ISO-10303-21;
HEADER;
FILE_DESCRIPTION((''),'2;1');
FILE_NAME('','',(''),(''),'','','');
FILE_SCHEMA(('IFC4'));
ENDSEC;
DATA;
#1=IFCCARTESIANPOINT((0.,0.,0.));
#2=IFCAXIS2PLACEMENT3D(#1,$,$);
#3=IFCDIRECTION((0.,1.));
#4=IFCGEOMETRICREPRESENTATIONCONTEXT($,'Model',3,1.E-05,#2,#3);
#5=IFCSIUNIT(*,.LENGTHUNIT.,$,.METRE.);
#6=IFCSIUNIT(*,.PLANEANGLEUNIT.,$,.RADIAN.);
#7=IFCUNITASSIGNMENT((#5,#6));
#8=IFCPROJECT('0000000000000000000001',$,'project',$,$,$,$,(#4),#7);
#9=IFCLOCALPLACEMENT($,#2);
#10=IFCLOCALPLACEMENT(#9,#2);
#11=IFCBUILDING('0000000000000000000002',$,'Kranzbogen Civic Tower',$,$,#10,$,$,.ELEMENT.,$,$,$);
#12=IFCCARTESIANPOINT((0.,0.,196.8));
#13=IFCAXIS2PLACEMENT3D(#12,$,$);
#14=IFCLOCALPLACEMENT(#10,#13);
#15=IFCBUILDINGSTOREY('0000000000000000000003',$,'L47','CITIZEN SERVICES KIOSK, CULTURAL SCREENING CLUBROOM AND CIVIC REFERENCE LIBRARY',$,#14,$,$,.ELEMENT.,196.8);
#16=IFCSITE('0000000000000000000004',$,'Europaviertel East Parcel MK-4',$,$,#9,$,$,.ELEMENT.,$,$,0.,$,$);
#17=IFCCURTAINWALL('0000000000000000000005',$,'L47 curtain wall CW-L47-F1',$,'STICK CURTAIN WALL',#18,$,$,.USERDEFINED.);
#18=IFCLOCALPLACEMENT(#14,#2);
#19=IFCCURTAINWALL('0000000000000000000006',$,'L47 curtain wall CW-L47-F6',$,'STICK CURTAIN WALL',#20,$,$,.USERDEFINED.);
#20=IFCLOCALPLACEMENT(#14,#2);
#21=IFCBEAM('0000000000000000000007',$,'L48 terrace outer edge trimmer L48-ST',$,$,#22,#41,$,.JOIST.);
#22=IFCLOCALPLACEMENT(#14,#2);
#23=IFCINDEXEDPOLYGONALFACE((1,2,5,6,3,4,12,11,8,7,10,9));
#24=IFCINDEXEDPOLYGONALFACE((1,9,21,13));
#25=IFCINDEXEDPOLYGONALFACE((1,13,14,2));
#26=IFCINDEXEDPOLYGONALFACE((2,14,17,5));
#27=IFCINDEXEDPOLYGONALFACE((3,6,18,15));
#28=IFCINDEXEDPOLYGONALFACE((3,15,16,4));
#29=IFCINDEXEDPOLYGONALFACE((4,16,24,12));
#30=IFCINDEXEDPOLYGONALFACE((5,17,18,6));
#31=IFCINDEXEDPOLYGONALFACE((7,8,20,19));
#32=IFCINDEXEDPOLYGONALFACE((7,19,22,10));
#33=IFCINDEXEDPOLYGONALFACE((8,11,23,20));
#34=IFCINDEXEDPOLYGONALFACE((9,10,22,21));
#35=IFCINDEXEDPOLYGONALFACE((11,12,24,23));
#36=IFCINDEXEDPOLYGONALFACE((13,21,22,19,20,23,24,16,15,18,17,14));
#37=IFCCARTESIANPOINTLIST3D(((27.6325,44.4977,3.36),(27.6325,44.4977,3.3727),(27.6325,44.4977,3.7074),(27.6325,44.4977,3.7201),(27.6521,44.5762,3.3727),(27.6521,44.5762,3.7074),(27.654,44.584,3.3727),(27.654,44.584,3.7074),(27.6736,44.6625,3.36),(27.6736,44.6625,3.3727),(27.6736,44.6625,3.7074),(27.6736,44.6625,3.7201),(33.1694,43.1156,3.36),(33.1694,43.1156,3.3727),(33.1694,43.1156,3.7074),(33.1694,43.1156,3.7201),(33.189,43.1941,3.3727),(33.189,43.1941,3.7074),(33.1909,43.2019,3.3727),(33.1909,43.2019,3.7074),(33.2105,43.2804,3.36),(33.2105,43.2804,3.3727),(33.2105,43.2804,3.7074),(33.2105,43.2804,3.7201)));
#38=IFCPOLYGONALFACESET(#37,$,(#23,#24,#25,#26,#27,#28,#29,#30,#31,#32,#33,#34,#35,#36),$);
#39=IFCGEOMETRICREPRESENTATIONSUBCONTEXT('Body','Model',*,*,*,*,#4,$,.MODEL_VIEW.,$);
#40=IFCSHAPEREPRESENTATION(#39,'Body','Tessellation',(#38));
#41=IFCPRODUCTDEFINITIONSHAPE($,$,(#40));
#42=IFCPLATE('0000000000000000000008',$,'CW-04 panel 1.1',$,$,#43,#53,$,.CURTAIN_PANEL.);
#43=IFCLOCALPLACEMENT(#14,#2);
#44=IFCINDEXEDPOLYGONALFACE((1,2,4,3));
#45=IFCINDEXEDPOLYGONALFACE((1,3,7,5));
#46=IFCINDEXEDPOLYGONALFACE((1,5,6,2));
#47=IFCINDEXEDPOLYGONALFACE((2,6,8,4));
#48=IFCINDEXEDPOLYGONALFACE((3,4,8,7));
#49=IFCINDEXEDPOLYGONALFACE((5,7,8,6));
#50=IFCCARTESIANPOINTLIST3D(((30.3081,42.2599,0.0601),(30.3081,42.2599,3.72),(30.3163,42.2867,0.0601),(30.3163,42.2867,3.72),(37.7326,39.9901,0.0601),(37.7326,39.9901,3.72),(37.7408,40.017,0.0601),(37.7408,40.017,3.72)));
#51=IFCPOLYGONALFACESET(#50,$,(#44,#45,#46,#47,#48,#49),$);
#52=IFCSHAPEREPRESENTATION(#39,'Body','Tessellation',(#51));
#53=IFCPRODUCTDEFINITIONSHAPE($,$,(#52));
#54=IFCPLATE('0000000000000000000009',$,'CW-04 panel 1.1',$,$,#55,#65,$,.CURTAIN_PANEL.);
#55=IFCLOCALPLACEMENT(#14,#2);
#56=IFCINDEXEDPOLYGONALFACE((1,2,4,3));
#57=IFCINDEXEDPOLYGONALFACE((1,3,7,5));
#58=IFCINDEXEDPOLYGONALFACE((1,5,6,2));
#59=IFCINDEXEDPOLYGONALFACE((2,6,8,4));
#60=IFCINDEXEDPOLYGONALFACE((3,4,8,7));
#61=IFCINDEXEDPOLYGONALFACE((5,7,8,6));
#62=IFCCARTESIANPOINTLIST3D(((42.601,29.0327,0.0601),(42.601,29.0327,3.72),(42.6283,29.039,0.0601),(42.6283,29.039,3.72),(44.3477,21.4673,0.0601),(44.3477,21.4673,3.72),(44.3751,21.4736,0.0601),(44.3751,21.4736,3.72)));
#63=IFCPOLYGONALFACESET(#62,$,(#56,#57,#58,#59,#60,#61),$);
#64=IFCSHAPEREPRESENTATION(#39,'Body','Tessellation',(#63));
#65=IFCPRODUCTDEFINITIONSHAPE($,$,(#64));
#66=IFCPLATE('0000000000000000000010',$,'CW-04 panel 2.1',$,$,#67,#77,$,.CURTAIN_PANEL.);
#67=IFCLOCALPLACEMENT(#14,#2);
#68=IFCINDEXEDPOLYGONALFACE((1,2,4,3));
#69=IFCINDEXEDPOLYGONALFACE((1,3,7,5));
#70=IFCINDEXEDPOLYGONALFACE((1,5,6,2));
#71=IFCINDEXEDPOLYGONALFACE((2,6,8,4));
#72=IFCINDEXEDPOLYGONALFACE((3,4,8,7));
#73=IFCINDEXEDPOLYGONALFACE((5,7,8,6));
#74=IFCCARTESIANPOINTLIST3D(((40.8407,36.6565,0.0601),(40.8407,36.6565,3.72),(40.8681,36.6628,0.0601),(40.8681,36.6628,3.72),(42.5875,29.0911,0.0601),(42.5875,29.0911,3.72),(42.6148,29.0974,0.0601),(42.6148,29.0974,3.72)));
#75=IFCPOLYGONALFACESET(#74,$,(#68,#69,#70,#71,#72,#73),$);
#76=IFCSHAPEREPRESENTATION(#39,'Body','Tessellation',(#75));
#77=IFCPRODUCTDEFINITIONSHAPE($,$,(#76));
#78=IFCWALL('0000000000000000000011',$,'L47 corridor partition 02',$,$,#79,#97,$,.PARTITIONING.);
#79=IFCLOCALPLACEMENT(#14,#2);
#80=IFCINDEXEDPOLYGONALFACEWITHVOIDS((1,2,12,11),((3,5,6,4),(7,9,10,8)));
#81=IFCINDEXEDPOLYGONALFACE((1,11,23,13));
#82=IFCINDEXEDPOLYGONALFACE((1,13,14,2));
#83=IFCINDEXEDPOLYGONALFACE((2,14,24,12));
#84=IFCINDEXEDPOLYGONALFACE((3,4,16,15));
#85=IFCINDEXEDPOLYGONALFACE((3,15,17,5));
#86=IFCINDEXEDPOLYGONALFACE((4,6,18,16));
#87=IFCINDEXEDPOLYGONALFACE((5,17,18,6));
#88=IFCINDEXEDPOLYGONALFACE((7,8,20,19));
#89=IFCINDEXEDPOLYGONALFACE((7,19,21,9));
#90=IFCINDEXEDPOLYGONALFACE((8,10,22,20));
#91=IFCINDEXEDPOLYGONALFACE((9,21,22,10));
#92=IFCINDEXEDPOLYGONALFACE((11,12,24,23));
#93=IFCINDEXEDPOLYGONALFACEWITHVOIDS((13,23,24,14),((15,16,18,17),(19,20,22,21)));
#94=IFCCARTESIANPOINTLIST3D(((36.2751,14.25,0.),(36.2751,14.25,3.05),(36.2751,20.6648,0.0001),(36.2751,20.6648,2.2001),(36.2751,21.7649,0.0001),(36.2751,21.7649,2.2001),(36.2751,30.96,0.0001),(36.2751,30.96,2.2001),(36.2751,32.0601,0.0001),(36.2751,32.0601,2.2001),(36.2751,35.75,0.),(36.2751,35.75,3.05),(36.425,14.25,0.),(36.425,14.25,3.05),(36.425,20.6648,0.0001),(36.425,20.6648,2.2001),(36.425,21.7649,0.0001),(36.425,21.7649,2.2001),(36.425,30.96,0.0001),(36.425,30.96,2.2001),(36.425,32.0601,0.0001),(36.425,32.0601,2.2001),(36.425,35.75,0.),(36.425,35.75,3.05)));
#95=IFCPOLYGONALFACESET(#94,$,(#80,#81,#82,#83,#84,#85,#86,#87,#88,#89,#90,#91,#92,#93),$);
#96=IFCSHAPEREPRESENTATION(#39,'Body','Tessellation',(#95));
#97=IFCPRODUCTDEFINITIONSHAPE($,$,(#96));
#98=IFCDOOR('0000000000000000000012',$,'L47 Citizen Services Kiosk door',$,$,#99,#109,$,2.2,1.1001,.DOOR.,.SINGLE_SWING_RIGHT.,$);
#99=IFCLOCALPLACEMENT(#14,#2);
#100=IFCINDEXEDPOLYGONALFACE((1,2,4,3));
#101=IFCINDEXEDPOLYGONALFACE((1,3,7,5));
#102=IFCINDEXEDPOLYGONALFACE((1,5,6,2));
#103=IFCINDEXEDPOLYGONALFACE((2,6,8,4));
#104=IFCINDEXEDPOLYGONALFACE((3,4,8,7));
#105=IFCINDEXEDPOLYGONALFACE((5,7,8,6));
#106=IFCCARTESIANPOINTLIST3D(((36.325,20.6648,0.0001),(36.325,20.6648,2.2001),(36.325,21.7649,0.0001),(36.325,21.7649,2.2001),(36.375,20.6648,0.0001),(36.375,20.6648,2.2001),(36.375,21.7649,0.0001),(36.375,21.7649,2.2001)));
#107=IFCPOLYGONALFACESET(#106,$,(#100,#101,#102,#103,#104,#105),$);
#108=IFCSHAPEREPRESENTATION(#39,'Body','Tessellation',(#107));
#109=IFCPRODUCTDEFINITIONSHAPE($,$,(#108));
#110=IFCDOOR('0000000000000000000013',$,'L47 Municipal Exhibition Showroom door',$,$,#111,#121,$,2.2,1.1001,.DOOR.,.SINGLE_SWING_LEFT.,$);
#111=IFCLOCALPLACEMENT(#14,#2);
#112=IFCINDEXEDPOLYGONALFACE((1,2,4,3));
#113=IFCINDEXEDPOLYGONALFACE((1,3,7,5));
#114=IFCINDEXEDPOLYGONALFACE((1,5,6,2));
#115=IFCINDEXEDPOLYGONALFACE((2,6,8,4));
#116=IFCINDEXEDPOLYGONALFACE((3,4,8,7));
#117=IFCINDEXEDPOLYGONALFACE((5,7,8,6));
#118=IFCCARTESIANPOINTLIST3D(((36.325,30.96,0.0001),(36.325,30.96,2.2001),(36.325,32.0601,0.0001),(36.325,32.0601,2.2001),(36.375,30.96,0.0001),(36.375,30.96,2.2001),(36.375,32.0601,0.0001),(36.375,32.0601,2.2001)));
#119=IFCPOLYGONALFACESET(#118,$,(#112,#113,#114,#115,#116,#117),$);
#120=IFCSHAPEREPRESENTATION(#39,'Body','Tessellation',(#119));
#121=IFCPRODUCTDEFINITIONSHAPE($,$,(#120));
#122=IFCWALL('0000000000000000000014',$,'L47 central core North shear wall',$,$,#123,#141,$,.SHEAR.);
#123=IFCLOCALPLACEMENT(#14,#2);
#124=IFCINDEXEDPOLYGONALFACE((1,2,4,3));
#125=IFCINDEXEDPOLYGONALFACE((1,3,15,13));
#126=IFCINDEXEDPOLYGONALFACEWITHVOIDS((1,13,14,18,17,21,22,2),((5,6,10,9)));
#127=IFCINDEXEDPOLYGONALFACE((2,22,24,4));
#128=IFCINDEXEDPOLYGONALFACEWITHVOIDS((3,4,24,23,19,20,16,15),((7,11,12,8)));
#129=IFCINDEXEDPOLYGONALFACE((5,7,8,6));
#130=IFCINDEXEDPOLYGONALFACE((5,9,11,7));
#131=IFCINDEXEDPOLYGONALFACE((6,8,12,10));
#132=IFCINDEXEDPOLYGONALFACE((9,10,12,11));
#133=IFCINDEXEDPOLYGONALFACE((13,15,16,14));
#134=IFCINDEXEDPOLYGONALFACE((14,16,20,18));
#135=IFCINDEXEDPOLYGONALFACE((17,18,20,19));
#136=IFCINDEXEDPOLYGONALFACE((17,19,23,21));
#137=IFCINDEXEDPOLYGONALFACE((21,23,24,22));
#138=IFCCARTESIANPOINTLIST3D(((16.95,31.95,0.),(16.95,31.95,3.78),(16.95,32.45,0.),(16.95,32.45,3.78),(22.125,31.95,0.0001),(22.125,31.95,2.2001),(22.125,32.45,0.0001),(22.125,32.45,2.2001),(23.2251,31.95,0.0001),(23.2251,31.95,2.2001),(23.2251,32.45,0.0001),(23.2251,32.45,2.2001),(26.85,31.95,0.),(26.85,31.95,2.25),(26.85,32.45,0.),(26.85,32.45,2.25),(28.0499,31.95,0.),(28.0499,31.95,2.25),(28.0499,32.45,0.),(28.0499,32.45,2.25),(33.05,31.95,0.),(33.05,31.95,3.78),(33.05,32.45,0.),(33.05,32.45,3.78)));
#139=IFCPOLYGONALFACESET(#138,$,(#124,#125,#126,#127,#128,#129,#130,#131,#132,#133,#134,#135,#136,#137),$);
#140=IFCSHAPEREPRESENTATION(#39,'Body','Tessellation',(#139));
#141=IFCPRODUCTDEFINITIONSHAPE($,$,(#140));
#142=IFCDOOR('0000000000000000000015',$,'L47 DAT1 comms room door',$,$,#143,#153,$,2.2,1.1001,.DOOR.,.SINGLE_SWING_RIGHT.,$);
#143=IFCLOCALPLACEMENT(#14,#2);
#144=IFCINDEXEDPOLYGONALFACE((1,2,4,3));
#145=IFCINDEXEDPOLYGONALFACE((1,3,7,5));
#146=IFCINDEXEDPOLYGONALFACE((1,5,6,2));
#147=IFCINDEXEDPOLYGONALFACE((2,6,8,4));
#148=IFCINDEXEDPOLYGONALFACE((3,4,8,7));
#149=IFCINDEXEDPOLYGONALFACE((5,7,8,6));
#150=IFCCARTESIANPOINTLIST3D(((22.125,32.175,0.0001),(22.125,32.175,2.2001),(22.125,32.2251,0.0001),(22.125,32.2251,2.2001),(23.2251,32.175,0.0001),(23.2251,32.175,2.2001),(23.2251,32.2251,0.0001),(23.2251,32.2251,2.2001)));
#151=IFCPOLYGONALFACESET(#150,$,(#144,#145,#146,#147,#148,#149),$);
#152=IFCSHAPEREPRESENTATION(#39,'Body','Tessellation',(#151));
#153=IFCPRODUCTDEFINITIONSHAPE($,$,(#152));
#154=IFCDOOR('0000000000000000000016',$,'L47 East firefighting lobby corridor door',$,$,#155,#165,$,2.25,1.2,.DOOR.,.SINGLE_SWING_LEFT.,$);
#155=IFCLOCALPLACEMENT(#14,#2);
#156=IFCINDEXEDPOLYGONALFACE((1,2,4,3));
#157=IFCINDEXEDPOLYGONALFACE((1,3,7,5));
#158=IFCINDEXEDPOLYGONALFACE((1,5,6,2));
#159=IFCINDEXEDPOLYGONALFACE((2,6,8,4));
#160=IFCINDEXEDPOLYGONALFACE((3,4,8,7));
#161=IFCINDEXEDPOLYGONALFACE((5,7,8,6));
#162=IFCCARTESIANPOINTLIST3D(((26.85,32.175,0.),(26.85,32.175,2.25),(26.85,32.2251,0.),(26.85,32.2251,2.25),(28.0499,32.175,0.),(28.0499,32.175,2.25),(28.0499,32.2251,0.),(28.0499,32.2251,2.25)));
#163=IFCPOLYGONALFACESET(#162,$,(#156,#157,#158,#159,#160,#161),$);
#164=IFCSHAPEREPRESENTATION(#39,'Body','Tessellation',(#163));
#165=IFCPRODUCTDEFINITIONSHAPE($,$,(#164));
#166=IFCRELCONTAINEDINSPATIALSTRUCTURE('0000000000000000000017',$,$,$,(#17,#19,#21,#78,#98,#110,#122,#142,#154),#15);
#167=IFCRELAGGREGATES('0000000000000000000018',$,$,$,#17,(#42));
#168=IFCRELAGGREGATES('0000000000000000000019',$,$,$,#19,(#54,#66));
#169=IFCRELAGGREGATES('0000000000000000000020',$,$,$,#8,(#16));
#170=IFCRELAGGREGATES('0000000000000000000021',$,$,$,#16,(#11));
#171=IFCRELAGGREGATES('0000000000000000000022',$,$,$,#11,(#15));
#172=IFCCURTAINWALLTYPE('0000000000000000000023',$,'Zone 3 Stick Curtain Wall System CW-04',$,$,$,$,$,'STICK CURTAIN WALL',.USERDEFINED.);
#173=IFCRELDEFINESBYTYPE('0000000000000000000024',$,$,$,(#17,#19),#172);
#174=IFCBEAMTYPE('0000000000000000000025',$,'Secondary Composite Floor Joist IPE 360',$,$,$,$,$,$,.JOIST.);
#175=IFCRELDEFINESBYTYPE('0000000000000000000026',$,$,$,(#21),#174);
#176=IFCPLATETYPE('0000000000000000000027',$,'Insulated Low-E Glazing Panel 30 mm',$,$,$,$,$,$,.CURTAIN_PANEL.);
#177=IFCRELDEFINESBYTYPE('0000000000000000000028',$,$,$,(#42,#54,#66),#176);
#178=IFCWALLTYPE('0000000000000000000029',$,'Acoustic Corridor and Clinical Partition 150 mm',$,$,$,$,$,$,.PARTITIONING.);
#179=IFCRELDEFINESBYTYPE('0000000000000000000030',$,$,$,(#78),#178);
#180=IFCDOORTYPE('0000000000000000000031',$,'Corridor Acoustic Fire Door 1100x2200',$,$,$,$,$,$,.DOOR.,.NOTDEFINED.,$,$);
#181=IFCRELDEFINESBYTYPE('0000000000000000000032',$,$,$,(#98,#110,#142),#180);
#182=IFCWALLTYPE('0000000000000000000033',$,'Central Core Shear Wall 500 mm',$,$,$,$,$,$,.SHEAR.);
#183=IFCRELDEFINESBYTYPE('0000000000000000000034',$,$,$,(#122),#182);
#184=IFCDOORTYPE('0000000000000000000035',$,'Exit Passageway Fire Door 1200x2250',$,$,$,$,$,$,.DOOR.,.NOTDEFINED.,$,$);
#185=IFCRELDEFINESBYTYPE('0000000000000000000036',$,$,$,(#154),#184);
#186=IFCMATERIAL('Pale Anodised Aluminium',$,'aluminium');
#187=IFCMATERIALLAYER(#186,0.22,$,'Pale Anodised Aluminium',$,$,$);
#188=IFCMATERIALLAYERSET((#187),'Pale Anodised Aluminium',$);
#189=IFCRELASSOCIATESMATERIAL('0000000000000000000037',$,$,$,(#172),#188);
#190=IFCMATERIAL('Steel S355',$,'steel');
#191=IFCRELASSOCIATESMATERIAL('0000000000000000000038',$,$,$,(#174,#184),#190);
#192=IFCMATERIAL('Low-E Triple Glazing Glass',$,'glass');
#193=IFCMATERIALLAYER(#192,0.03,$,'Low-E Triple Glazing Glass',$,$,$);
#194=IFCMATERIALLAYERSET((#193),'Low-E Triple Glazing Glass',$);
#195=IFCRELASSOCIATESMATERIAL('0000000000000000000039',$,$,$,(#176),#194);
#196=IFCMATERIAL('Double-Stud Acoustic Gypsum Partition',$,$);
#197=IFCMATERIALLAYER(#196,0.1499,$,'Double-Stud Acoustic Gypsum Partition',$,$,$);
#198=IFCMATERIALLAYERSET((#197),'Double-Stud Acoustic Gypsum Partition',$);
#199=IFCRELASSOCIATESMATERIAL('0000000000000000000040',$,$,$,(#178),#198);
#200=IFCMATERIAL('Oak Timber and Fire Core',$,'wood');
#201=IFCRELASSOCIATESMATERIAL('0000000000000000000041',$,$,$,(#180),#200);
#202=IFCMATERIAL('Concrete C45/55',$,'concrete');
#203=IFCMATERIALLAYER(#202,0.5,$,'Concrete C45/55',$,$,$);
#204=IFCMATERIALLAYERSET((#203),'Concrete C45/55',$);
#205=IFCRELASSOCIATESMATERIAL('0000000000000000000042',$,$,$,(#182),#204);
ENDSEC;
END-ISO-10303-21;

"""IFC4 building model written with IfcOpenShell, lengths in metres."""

from ifc_helpers import new_model, si_unit, direction, frame, frame_2d, origin, origin_2d, place, context, subcontext, project, spatial, rectangle, i_section, extrude, material, layer, layer_set, material_profile, profile_set, type_object, element, fill, aggregate, save


model = new_model("IFC4")

# Units and contexts
model_context = context("Model", 3, precision=1e-05, world=origin(), true_north=direction((0.0, 1.0)))
body_context = subcontext(model_context, "Body", "Model", "MODEL_VIEW")
ifc_project = project(units=[si_unit("LENGTHUNIT", "METRE"), si_unit("PLANEANGLEUNIT", "RADIAN")], contexts=[model_context])

# Site, building, storey
site_placement = place(None, origin())
site = spatial("IfcSite", under=ifc_project, at=site_placement, Name="Europaviertel East Parcel MK-4", CompositionType="ELEMENT", RefElevation=0.0)
building_placement = place(site_placement, origin())
building = spatial("IfcBuilding", under=site, at=building_placement, Name="Kranzbogen Civic Tower", CompositionType="ELEMENT")
storey_placement = place(building_placement, frame((0.0, 0.0, 196.8)))
storey = spatial("IfcBuildingStorey", under=building, at=storey_placement, Name="L47", Description="CITIZEN SERVICES KIOSK, CULTURAL SCREENING CLUBROOM AND CIVIC REFERENCE LIBRARY", CompositionType="ELEMENT", Elevation=196.8)

# Shared definitions
ifc_material_1 = material(Name="Steel S355", Category="steel")

# Curtain wall
ifc_material_2 = material(Name="Pale Anodised Aluminium", Category="aluminium")
ifc_layer_1 = layer(ifc_material_2, 0.22, Name="Pale Anodised Aluminium")
ifc_layer_set_1 = layer_set([ifc_layer_1], Name="Pale Anodised Aluminium")
curtain_wall_type = type_object("IfcCurtainWallType", Name="Zone 3 Stick Curtain Wall System CW-04", ElementType="STICK CURTAIN WALL", PredefinedType="USERDEFINED", material=ifc_layer_set_1)
curtain_wall_1_placement = place(storey_placement, origin())
curtain_wall_1 = element("IfcCurtainWall", 1, at=curtain_wall_1_placement, inside=storey, type_object=curtain_wall_type, Name="L47 curtain wall CW-L47-F1", ObjectType="STICK CURTAIN WALL", PredefinedType="USERDEFINED")

# Curtain wall
curtain_wall_2_placement = place(storey_placement, origin())
curtain_wall_2 = element("IfcCurtainWall", 2, at=curtain_wall_2_placement, inside=storey, type_object=curtain_wall_type, Name="L47 curtain wall CW-L47-F6", ObjectType="STICK CURTAIN WALL", PredefinedType="USERDEFINED")

# Beam
ifc_material_profile_1 = material_profile(ifc_material_1, i_section(OverallWidth=0.1699, OverallDepth=0.3601, WebThickness=0.0081, FlangeThickness=0.0127, at=origin_2d()), Name="IPE 360")
ifc_profile_set_1 = profile_set([ifc_material_profile_1], Name="Steel S355")
beam_type_1 = type_object("IfcBeamType", Name="Secondary Composite Floor Joist IPE 360", PredefinedType="JOIST", material=ifc_profile_set_1)
beam_1_placement = place(storey_placement, frame((33.1899, 43.198, 3.54), z_axis=(-0.970231, 0.242183, 0.0), x_axis=(-0.242183, -0.970231, 0.0)))
element("IfcBeam", 3, at=beam_1_placement, inside=storey, type_object=beam_type_1, Name="L48 terrace outer edge trimmer L48-ST", PredefinedType="JOIST", context=body_context, shape_type="SweptSolid", body=[
    extrude(i_section(OverallWidth=0.1699, OverallDepth=0.3601, WebThickness=0.0081, FlangeThickness=0.0127, at=origin_2d()), origin(), (0.0, 0.0, 1.0), 5.7068),
])

# Plates
ifc_material_3 = material(Name="Low-E Triple Glazing Glass", Category="glass")
ifc_layer_2 = layer(ifc_material_3, 0.03, Name="Low-E Triple Glazing Glass")
ifc_layer_set_2 = layer_set([ifc_layer_2], Name="Low-E Triple Glazing Glass")
plate_type = type_object("IfcPlateType", Name="Insulated Low-E Glazing Panel 30 mm", PredefinedType="CURTAIN_PANEL", material=ifc_layer_set_2)
plate_1_placement = place(storey_placement, frame((34.0244, 41.1384, 0.0601), z_axis=(0.0, 0.0, 1.0), x_axis=(-0.956312, 0.29235, 0.0)))
plate_1 = element("IfcPlate", 4, at=plate_1_placement, type_object=plate_type, Name="CW-04 panel 1.1", PredefinedType="CURTAIN_PANEL", context=body_context, shape_type="SweptSolid", body=[
    extrude(rectangle(XDim=7.7637, YDim=0.0281, at=origin_2d()), origin(), (0.0, 0.0, 1.0), 3.6599),
])
aggregate(curtain_wall_1, [plate_1])
plate_2_placement = place(storey_placement, frame((43.488, 25.2532, 0.0601), z_axis=(0.0, 0.0, 1.0), x_axis=(-0.224971, 0.974365, 0.0)))
plate_2 = element("IfcPlate", 5, at=plate_2_placement, type_object=plate_type, Name="CW-04 panel 1.1", PredefinedType="CURTAIN_PANEL", context=body_context, shape_type="SweptSolid", body=[
    extrude(rectangle(XDim=7.7644, YDim=0.0281, at=origin_2d()), origin(), (0.0, 0.0, 1.0), 3.6599),
])
plate_3_placement = place(storey_placement, frame((41.7278, 32.877, 0.0601), z_axis=(0.0, 0.0, 1.0), x_axis=(-0.224971, 0.974365, 0.0)))
plate_3 = element("IfcPlate", 6, at=plate_3_placement, type_object=plate_type, Name="CW-04 panel 2.1", PredefinedType="CURTAIN_PANEL", context=body_context, shape_type="SweptSolid", body=[
    extrude(rectangle(XDim=7.7644, YDim=0.0281, at=origin_2d()), origin(), (0.0, 0.0, 1.0), 3.6599),
])
aggregate(curtain_wall_2, [plate_2, plate_3])

# Walls, openings, doors
ifc_material_4 = material(Name="Double-Stud Acoustic Gypsum Partition")
ifc_layer_3 = layer(ifc_material_4, 0.1499, Name="Double-Stud Acoustic Gypsum Partition")
ifc_layer_set_3 = layer_set([ifc_layer_3], Name="Double-Stud Acoustic Gypsum Partition")
wall_type_1 = type_object("IfcWallType", Name="Acoustic Corridor and Clinical Partition 150 mm", PredefinedType="PARTITIONING", material=ifc_layer_set_3)
wall_1_placement = place(storey_placement, frame((36.3501, 35.75, 0.0), z_axis=(0.0, 0.0, 1.0), x_axis=(0.0, -1.0, 0.0)))
wall_1 = element("IfcWall", 7, at=wall_1_placement, inside=storey, type_object=wall_type_1, Name="L47 corridor partition 02", PredefinedType="PARTITIONING", context=body_context, shape_type="SweptSolid", body=[
    extrude(rectangle(XDim=21.5, YDim=0.1499, at=frame_2d((10.75, 0.0))), origin(), (0.0, 0.0, 1.0), 3.05),
])
opening_1_placement = place(wall_1_placement, frame((13.9851, 0.0, 0.0)))
opening_1 = element("IfcOpeningElement", 8, at=opening_1_placement, cuts=wall_1, PredefinedType="OPENING", context=body_context, shape_type="SweptSolid", body=[
    extrude(rectangle(XDim=1.1001, YDim=2.2, at=frame_2d((0.55, 1.1001))), frame((0.0, 0.085, 0.0), z_axis=(0.0, -1.0, 0.0), x_axis=(1.0, 0.0, 0.0)), (0.0, 0.0, 1.0), 0.1699),
])
opening_2_placement = place(wall_1_placement, frame((3.6899, 0.0, 0.0)))
opening_2 = element("IfcOpeningElement", 9, at=opening_2_placement, cuts=wall_1, PredefinedType="OPENING", context=body_context, shape_type="SweptSolid", body=[
    extrude(rectangle(XDim=1.1001, YDim=2.2, at=frame_2d((0.55, 1.1001))), frame((0.0, 0.085, 0.0), z_axis=(0.0, -1.0, 0.0), x_axis=(1.0, 0.0, 0.0)), (0.0, 0.0, 1.0), 0.1699),
])
ifc_material_5 = material(Name="Oak Timber and Fire Core", Category="wood")
door_type_1 = type_object("IfcDoorType", Name="Corridor Acoustic Fire Door 1100x2200", OperationType="NOTDEFINED", PredefinedType="DOOR", material=ifc_material_5)
door_1_placement = place(opening_1_placement, origin())
door_1 = element("IfcDoor", 10, at=door_1_placement, inside=storey, type_object=door_type_1, Name="L47 Citizen Services Kiosk door", OperationType="SINGLE_SWING_RIGHT", OverallHeight=2.2, OverallWidth=1.1001, PredefinedType="DOOR", context=body_context, shape_type="SweptSolid", body=[
    extrude(rectangle(XDim=1.1001, YDim=2.2, at=frame_2d((0.55, 1.1001))), frame((0.0, 0.0249, 0.0), z_axis=(0.0, -1.0, 0.0), x_axis=(1.0, 0.0, 0.0)), (0.0, 0.0, 1.0), 0.05),
])
fill(opening_1, door_1)
door_2_placement = place(opening_2_placement, origin())
door_2 = element("IfcDoor", 11, at=door_2_placement, inside=storey, type_object=door_type_1, Name="L47 Municipal Exhibition Showroom door", OperationType="SINGLE_SWING_LEFT", OverallHeight=2.2, OverallWidth=1.1001, PredefinedType="DOOR", context=body_context, shape_type="SweptSolid", body=[
    extrude(rectangle(XDim=1.1001, YDim=2.2, at=frame_2d((0.55, 1.1001))), frame((0.0, 0.0249, 0.0), z_axis=(0.0, -1.0, 0.0), x_axis=(1.0, 0.0, 0.0)), (0.0, 0.0, 1.0), 0.05),
])
fill(opening_2, door_2)
ifc_material_6 = material(Name="Concrete C45/55", Category="concrete")
ifc_layer_4 = layer(ifc_material_6, 0.5, Name="Concrete C45/55")
ifc_layer_set_4 = layer_set([ifc_layer_4], Name="Concrete C45/55")
wall_type_2 = type_object("IfcWallType", Name="Central Core Shear Wall 500 mm", PredefinedType="SHEAR", material=ifc_layer_set_4)
wall_2_placement = place(storey_placement, frame((33.05, 32.2, 0.0), z_axis=(0.0, 0.0, 1.0), x_axis=(-1.0, 0.0, 0.0)))
wall_2 = element("IfcWall", 12, at=wall_2_placement, inside=storey, type_object=wall_type_2, Name="L47 central core North shear wall", PredefinedType="SHEAR", context=body_context, shape_type="SweptSolid", body=[
    extrude(rectangle(XDim=16.1001, YDim=0.5, at=frame_2d((8.05, 0.0))), origin(), (0.0, 0.0, 1.0), 3.78),
])
opening_3_placement = place(wall_2_placement, frame((5.0, 0.0, 0.0)))
opening_3 = element("IfcOpeningElement", 13, at=opening_3_placement, cuts=wall_2, PredefinedType="OPENING", context=body_context, shape_type="SweptSolid", body=[
    extrude(rectangle(XDim=1.2, YDim=2.25, at=frame_2d((0.6001, 1.125))), frame((0.0, 0.26, 0.0), z_axis=(0.0, -1.0, 0.0), x_axis=(1.0, 0.0, 0.0)), (0.0, 0.0, 1.0), 0.52),
])
opening_4_placement = place(wall_2_placement, frame((9.825, 0.0, 0.0)))
opening_4 = element("IfcOpeningElement", 14, at=opening_4_placement, cuts=wall_2, PredefinedType="OPENING", context=body_context, shape_type="SweptSolid", body=[
    extrude(rectangle(XDim=1.1001, YDim=2.2, at=frame_2d((0.55, 1.1001))), frame((0.0, 0.26, 0.0), z_axis=(0.0, -1.0, 0.0), x_axis=(1.0, 0.0, 0.0)), (0.0, 0.0, 1.0), 0.52),
])
door_3_placement = place(opening_4_placement, origin())
door_3 = element("IfcDoor", 15, at=door_3_placement, inside=storey, type_object=door_type_1, Name="L47 DAT1 comms room door", OperationType="SINGLE_SWING_RIGHT", OverallHeight=2.2, OverallWidth=1.1001, PredefinedType="DOOR", context=body_context, shape_type="SweptSolid", body=[
    extrude(rectangle(XDim=1.1001, YDim=2.2, at=frame_2d((0.55, 1.1001))), frame((0.0, 0.0249, 0.0), z_axis=(0.0, -1.0, 0.0), x_axis=(1.0, 0.0, 0.0)), (0.0, 0.0, 1.0), 0.05),
])
fill(opening_4, door_3)
door_type_2 = type_object("IfcDoorType", Name="Exit Passageway Fire Door 1200x2250", OperationType="NOTDEFINED", PredefinedType="DOOR", material=ifc_material_1)
door_4_placement = place(opening_3_placement, origin())
door_4 = element("IfcDoor", 16, at=door_4_placement, inside=storey, type_object=door_type_2, Name="L47 East firefighting lobby corridor door", OperationType="SINGLE_SWING_LEFT", OverallHeight=2.25, OverallWidth=1.2, PredefinedType="DOOR", context=body_context, shape_type="SweptSolid", body=[
    extrude(rectangle(XDim=1.2, YDim=2.25, at=frame_2d((0.6001, 1.125))), frame((0.0, 0.0249, 0.0), z_axis=(0.0, -1.0, 0.0), x_axis=(1.0, 0.0, 0.0)), (0.0, 0.0, 1.0), 0.05),
])
fill(opening_3, door_4)

save(model, "model.ifc")
